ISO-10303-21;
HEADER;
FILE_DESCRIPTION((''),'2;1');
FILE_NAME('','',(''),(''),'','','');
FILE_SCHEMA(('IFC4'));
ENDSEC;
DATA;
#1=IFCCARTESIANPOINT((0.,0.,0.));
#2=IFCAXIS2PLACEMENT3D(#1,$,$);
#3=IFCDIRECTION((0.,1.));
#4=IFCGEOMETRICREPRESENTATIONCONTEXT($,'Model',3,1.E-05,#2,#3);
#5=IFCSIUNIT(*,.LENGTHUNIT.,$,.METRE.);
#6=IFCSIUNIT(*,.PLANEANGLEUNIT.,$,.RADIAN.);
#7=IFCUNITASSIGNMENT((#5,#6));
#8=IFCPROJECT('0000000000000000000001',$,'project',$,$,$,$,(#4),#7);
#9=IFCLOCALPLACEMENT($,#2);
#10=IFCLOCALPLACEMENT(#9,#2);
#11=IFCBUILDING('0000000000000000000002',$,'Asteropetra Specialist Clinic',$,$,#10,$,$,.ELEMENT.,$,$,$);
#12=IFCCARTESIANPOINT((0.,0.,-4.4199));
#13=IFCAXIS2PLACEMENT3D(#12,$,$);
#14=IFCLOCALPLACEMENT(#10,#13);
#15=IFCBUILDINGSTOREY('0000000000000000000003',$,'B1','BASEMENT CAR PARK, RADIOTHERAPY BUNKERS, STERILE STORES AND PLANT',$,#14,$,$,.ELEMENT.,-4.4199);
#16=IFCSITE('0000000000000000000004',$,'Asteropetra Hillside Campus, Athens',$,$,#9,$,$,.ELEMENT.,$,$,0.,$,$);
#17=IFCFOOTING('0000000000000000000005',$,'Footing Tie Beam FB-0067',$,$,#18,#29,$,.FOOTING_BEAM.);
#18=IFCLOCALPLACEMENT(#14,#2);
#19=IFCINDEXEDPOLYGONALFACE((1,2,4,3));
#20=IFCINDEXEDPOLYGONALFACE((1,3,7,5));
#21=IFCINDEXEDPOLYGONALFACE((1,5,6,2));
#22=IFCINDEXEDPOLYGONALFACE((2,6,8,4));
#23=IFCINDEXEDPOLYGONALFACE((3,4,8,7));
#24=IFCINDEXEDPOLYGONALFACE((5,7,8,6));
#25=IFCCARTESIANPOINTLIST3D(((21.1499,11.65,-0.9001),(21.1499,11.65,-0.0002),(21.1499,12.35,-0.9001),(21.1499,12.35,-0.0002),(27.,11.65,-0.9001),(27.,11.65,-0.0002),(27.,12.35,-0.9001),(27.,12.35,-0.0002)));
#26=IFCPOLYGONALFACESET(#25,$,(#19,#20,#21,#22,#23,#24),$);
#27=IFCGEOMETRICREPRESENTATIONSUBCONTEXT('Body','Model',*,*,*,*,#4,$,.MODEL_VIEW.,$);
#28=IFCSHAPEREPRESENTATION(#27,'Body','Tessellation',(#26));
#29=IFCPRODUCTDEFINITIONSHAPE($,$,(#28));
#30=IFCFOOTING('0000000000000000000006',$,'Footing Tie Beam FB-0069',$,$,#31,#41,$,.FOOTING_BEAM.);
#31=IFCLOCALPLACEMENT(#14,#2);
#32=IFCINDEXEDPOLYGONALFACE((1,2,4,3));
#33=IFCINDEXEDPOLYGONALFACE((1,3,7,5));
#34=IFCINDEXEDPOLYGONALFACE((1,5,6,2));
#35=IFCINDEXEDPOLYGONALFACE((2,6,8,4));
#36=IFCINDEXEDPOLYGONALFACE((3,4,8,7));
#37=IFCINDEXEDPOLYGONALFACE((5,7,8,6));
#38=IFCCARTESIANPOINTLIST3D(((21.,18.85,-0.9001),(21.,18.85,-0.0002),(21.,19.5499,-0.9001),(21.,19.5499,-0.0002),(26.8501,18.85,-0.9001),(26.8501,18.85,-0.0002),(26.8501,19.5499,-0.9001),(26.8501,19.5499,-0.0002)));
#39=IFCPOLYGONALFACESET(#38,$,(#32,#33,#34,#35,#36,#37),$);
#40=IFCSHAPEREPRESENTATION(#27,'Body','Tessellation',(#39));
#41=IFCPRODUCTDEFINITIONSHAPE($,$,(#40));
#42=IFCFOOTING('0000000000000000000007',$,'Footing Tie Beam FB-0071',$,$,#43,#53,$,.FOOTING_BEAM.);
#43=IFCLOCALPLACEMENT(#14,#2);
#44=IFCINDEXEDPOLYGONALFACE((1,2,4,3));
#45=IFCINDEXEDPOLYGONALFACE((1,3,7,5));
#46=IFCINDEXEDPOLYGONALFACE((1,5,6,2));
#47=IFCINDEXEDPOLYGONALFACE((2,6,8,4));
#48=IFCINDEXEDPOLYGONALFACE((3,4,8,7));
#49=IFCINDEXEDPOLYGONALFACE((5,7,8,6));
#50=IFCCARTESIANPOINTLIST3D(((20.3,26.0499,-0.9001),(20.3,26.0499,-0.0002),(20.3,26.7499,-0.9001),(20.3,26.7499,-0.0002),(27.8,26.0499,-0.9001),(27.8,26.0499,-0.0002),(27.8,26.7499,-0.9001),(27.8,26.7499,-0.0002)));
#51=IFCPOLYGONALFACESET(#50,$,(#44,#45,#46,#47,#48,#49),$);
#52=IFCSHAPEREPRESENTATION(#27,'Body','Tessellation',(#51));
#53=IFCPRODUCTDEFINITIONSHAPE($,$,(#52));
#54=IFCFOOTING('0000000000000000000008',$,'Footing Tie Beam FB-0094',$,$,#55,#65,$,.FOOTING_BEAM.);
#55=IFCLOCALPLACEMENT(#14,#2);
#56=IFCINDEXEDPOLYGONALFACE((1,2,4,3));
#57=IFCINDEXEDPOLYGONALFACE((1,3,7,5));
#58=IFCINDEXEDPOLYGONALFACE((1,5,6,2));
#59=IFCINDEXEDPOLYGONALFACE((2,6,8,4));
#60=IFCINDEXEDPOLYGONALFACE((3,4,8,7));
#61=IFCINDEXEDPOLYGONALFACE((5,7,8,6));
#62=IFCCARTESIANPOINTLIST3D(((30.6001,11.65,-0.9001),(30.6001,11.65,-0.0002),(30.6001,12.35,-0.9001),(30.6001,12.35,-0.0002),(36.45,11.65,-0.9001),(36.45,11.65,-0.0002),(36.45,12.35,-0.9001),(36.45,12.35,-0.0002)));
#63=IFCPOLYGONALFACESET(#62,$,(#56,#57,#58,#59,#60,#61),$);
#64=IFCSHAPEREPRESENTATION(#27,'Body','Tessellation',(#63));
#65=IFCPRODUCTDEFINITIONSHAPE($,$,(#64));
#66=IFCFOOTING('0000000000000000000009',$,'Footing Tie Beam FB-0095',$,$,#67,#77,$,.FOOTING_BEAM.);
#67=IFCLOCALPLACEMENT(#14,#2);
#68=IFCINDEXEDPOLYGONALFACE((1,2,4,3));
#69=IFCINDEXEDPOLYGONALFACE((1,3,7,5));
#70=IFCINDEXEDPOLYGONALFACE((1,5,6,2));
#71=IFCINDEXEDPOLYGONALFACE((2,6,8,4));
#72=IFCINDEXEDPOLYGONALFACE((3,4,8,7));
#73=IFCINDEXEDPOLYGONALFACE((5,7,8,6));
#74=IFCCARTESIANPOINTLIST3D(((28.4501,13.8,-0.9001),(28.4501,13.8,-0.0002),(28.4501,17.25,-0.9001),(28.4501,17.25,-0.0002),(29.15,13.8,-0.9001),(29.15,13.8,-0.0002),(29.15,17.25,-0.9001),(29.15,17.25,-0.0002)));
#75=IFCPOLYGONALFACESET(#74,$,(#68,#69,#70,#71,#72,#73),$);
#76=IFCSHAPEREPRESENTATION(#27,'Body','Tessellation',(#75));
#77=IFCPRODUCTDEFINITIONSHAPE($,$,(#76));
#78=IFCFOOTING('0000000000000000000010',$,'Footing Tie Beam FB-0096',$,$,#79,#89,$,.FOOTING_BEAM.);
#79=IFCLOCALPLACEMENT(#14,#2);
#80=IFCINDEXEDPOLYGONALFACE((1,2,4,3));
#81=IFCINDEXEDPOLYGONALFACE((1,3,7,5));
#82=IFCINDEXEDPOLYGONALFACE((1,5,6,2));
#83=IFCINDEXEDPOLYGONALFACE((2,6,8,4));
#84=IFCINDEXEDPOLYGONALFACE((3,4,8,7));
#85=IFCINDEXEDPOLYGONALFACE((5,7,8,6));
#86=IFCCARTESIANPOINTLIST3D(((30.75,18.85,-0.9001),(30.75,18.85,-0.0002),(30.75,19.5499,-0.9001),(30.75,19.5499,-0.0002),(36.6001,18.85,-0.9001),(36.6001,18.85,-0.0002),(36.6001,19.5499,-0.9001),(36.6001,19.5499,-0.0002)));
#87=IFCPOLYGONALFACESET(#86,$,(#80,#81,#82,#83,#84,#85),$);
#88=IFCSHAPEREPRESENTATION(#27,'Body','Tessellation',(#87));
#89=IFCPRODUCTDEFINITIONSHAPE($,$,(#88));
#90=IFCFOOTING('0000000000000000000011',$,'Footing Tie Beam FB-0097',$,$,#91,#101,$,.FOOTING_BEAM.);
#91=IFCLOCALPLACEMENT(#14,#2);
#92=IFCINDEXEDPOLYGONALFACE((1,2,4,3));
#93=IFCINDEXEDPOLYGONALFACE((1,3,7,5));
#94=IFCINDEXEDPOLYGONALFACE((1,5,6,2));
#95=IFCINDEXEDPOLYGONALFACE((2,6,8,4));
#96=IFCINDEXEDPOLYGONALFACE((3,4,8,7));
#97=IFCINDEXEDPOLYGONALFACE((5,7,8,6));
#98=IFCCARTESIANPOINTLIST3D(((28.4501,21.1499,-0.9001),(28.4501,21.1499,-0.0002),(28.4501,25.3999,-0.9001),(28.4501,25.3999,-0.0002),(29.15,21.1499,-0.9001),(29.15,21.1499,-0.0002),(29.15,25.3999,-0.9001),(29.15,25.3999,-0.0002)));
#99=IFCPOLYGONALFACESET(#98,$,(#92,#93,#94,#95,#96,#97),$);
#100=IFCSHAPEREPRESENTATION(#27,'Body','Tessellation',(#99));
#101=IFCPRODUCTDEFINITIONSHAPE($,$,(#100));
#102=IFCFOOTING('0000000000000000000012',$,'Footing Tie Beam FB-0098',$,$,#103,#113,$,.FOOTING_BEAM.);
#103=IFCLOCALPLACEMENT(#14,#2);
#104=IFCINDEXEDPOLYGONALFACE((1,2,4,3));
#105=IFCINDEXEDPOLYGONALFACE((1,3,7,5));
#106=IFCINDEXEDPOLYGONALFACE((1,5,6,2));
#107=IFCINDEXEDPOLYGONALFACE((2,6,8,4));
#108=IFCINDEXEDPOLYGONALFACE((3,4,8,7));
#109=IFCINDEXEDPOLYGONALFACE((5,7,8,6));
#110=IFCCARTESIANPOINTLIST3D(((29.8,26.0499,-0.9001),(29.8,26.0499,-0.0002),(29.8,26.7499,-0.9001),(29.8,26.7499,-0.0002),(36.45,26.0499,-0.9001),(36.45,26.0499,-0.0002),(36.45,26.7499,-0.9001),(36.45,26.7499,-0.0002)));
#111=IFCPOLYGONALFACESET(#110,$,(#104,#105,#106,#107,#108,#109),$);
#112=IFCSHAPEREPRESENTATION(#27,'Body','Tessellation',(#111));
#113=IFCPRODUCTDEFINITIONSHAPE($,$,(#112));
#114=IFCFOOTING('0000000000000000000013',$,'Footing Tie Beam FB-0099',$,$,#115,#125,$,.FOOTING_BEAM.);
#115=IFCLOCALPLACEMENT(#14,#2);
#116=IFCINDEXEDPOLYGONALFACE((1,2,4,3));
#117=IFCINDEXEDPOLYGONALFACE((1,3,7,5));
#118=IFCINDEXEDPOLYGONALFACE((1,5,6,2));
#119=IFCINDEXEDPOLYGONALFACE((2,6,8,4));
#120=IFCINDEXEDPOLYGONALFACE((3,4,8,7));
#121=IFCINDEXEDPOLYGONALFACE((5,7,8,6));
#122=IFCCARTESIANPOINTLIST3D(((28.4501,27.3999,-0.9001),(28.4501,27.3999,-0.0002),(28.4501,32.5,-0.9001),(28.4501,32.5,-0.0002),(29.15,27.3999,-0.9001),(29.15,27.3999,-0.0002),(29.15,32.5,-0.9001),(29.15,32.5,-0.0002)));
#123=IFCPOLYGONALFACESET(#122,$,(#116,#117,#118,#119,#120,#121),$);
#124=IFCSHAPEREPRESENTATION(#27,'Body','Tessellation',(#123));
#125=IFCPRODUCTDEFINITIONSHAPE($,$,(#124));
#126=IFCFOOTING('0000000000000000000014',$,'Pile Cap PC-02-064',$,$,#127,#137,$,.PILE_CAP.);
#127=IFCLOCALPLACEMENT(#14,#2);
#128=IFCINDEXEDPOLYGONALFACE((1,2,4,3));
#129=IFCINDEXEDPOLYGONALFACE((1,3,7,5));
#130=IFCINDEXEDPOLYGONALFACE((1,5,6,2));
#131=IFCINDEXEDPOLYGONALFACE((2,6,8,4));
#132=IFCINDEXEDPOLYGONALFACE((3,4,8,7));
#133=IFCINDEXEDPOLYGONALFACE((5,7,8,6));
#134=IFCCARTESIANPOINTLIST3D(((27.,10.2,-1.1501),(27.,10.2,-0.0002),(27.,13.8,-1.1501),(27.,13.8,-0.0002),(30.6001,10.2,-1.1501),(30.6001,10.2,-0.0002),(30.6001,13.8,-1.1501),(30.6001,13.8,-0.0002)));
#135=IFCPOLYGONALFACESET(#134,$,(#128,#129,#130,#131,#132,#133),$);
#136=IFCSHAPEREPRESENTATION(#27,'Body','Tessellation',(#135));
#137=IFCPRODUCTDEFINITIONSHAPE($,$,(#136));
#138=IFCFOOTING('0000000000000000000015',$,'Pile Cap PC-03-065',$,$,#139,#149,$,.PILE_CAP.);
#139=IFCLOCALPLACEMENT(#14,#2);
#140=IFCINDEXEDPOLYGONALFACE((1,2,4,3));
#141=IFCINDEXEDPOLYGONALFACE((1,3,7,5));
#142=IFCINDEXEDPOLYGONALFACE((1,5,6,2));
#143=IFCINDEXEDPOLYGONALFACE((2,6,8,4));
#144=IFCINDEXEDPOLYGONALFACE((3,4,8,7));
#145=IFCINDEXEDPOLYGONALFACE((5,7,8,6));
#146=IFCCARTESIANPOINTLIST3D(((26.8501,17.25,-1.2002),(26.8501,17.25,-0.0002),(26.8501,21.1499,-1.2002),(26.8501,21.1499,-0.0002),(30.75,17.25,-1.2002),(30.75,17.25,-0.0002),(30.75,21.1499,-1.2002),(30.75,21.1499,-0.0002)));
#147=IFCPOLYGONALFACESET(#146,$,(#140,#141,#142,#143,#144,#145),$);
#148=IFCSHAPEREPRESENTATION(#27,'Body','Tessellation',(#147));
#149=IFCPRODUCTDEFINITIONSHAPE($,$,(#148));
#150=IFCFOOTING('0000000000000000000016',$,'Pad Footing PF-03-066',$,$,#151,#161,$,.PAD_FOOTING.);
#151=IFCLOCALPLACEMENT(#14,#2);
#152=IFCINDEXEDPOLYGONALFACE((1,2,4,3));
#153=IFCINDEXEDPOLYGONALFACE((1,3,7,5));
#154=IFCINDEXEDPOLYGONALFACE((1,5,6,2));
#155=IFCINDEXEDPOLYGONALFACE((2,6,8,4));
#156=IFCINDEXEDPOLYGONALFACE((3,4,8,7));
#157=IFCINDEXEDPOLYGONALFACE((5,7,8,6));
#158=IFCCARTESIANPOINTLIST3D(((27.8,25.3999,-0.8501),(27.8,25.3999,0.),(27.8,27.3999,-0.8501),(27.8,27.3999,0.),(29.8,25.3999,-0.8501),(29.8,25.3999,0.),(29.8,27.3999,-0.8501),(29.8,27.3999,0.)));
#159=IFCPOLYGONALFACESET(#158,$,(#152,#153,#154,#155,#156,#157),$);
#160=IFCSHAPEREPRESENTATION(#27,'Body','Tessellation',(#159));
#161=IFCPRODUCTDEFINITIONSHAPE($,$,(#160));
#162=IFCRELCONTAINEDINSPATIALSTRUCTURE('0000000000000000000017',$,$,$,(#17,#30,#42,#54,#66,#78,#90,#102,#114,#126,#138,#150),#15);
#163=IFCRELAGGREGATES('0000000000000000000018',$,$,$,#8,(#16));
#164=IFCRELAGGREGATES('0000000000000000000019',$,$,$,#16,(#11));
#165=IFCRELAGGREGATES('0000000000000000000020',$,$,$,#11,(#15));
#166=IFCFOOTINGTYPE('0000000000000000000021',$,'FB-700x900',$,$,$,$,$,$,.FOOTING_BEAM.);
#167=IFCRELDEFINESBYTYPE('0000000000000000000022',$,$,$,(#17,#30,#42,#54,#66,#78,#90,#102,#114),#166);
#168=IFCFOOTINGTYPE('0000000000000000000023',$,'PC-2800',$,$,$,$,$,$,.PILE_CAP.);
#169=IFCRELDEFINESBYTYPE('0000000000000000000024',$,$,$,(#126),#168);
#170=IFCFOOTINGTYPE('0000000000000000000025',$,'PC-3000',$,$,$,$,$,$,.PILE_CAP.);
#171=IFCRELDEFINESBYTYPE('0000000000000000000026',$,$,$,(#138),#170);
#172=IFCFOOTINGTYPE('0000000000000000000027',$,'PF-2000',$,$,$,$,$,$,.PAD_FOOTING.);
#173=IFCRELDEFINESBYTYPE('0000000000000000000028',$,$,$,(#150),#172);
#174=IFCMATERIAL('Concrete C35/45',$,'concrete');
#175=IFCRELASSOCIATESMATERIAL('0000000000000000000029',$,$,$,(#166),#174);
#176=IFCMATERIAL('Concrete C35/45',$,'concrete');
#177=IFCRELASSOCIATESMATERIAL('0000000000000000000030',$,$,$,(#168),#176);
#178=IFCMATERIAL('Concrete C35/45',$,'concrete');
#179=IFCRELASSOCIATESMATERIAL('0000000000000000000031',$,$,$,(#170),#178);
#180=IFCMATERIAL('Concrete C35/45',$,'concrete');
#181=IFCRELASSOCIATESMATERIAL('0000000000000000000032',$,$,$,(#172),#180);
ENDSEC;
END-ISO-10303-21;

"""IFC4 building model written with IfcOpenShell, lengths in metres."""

from ifc_helpers import new_model, si_unit, direction, frame, origin, origin_2d, place, context, subcontext, project, spatial, rectangle, extrude, material, material_profile, profile_set, type_object, element, save


model = new_model("IFC4")

# Units and contexts
model_context = context("Model", 3, precision=1e-05, world=origin(), true_north=direction((0.0, 1.0)))
body_context = subcontext(model_context, "Body", "Model", "MODEL_VIEW")
ifc_project = project(units=[si_unit("LENGTHUNIT", "METRE"), si_unit("PLANEANGLEUNIT", "RADIAN")], contexts=[model_context])

# Site, building, storey
site_placement = place(None, origin())
site = spatial("IfcSite", under=ifc_project, at=site_placement, Name="Asteropetra Hillside Campus, Athens", CompositionType="ELEMENT", RefElevation=0.0)
building_placement = place(site_placement, origin())
building = spatial("IfcBuilding", under=site, at=building_placement, Name="Asteropetra Specialist Clinic", CompositionType="ELEMENT")
storey_placement = place(building_placement, frame((0.0, 0.0, -4.4199)))
storey = spatial("IfcBuildingStorey", under=building, at=storey_placement, Name="B1", Description="BASEMENT CAR PARK, RADIOTHERAPY BUNKERS, STERILE STORES AND PLANT", CompositionType="ELEMENT", Elevation=-4.4199)

# Footings
ifc_material_1 = material(Name="Concrete C35/45", Category="concrete")
ifc_material_profile_1 = material_profile(ifc_material_1, rectangle(XDim=0.7, YDim=0.8999, at=origin_2d()), Name="FB 700x900")
ifc_profile_set_1 = profile_set([ifc_material_profile_1], Name="Concrete C35/45")
footing_type_1 = type_object("IfcFootingType", Name="FB-700x900", PredefinedType="FOOTING_BEAM", material=ifc_profile_set_1)
for number, where, z_axis, x_axis, name in (
    (1, (21.1499, 12.0, -0.4502), (1.0, 0.0, 0.0), (0.0, 1.0, 0.0), "Footing Tie Beam FB-0067"),
    (2, (21.0, 19.2, -0.4502), (1.0, 0.0, 0.0), (0.0, 1.0, 0.0), "Footing Tie Beam FB-0069"),
):
    element("IfcFooting", number, at=place(storey_placement, frame(where, z_axis=z_axis, x_axis=x_axis)), inside=storey, type_object=footing_type_1, Name=name, PredefinedType="FOOTING_BEAM", context=body_context, shape_type="SweptSolid", body=[
        extrude(rectangle(XDim=0.7, YDim=0.8999, at=origin_2d()), origin(), (0.0, 0.0, 1.0), 5.8501),
    ])
footing_1_placement = place(storey_placement, frame((20.3, 26.3999, -0.4502), z_axis=(1.0, 0.0, 0.0), x_axis=(0.0, 1.0, 0.0)))
element("IfcFooting", 3, at=footing_1_placement, inside=storey, type_object=footing_type_1, Name="Footing Tie Beam FB-0071", PredefinedType="FOOTING_BEAM", context=body_context, shape_type="SweptSolid", body=[
    extrude(rectangle(XDim=0.7, YDim=0.8999, at=origin_2d()), origin(), (0.0, 0.0, 1.0), 7.5),
])
footing_2_placement = place(storey_placement, frame((30.6001, 12.0, -0.4502), z_axis=(1.0, 0.0, 0.0), x_axis=(0.0, 1.0, 0.0)))
element("IfcFooting", 4, at=footing_2_placement, inside=storey, type_object=footing_type_1, Name="Footing Tie Beam FB-0094", PredefinedType="FOOTING_BEAM", context=body_context, shape_type="SweptSolid", body=[
    extrude(rectangle(XDim=0.7, YDim=0.8999, at=origin_2d()), origin(), (0.0, 0.0, 1.0), 5.8499),
])
footing_3_placement = place(storey_placement, frame((28.8, 13.8, -0.4502), z_axis=(0.0, 1.0, 0.0), x_axis=(-1.0, 0.0, 0.0)))
element("IfcFooting", 5, at=footing_3_placement, inside=storey, type_object=footing_type_1, Name="Footing Tie Beam FB-0095", PredefinedType="FOOTING_BEAM", context=body_context, shape_type="SweptSolid", body=[
    extrude(rectangle(XDim=0.7, YDim=0.8999, at=origin_2d()), origin(), (0.0, 0.0, 1.0), 3.45),
])
footing_4_placement = place(storey_placement, frame((30.75, 19.2, -0.4502), z_axis=(1.0, 0.0, 0.0), x_axis=(0.0, 1.0, 0.0)))
element("IfcFooting", 6, at=footing_4_placement, inside=storey, type_object=footing_type_1, Name="Footing Tie Beam FB-0096", PredefinedType="FOOTING_BEAM", context=body_context, shape_type="SweptSolid", body=[
    extrude(rectangle(XDim=0.7, YDim=0.8999, at=origin_2d()), origin(), (0.0, 0.0, 1.0), 5.8501),
])
footing_5_placement = place(storey_placement, frame((28.8, 21.1499, -0.4502), z_axis=(0.0, 1.0, 0.0), x_axis=(-1.0, 0.0, 0.0)))
element("IfcFooting", 7, at=footing_5_placement, inside=storey, type_object=footing_type_1, Name="Footing Tie Beam FB-0097", PredefinedType="FOOTING_BEAM", context=body_context, shape_type="SweptSolid", body=[
    extrude(rectangle(XDim=0.7, YDim=0.8999, at=origin_2d()), origin(), (0.0, 0.0, 1.0), 4.25),
])
footing_6_placement = place(storey_placement, frame((29.8, 26.3999, -0.4502), z_axis=(1.0, 0.0, 0.0), x_axis=(0.0, 1.0, 0.0)))
element("IfcFooting", 8, at=footing_6_placement, inside=storey, type_object=footing_type_1, Name="Footing Tie Beam FB-0098", PredefinedType="FOOTING_BEAM", context=body_context, shape_type="SweptSolid", body=[
    extrude(rectangle(XDim=0.7, YDim=0.8999, at=origin_2d()), origin(), (0.0, 0.0, 1.0), 6.6499),
])
footing_7_placement = place(storey_placement, frame((28.8, 27.3999, -0.4502), z_axis=(0.0, 1.0, 0.0), x_axis=(-1.0, 0.0, 0.0)))
element("IfcFooting", 9, at=footing_7_placement, inside=storey, type_object=footing_type_1, Name="Footing Tie Beam FB-0099", PredefinedType="FOOTING_BEAM", context=body_context, shape_type="SweptSolid", body=[
    extrude(rectangle(XDim=0.7, YDim=0.8999, at=origin_2d()), origin(), (0.0, 0.0, 1.0), 5.1001),
])
ifc_material_2 = material(Name="Concrete C35/45", Category="concrete")
footing_type_2 = type_object("IfcFootingType", Name="PC-2800", PredefinedType="PILE_CAP", material=ifc_material_2)
footing_8_placement = place(storey_placement, frame((28.8, 12.0, -1.1501), z_axis=(0.0, 0.0, 1.0), x_axis=(1.0, 0.0, 0.0)))
element("IfcFooting", 10, at=footing_8_placement, inside=storey, type_object=footing_type_2, Name="Pile Cap PC-02-064", PredefinedType="PILE_CAP", context=body_context, shape_type="SweptSolid", body=[
    extrude(rectangle(XDim=3.6001, YDim=3.6001, at=origin_2d()), origin(), (0.0, 0.0, 1.0), 1.1499),
])
ifc_material_3 = material(Name="Concrete C35/45", Category="concrete")
footing_type_3 = type_object("IfcFootingType", Name="PC-3000", PredefinedType="PILE_CAP", material=ifc_material_3)
footing_9_placement = place(storey_placement, frame((28.8, 19.2, -1.2002), z_axis=(0.0, 0.0, 1.0), x_axis=(1.0, 0.0, 0.0)))
element("IfcFooting", 11, at=footing_9_placement, inside=storey, type_object=footing_type_3, Name="Pile Cap PC-03-065", PredefinedType="PILE_CAP", context=body_context, shape_type="SweptSolid", body=[
    extrude(rectangle(XDim=3.8999, YDim=3.8999, at=origin_2d()), origin(), (0.0, 0.0, 1.0), 1.2),
])
ifc_material_4 = material(Name="Concrete C35/45", Category="concrete")
footing_type_4 = type_object("IfcFootingType", Name="PF-2000", PredefinedType="PAD_FOOTING", material=ifc_material_4)
footing_10_placement = place(storey_placement, frame((28.8, 26.3999, -0.8501), z_axis=(0.0, 0.0, 1.0), x_axis=(1.0, 0.0, 0.0)))
element("IfcFooting", 12, at=footing_10_placement, inside=storey, type_object=footing_type_4, Name="Pad Footing PF-03-066", PredefinedType="PAD_FOOTING", context=body_context, shape_type="SweptSolid", body=[
    extrude(rectangle(XDim=2.0, YDim=2.0, at=origin_2d()), origin(), (0.0, 0.0, 1.0), 0.8501),
])

save(model, "model.ifc")
